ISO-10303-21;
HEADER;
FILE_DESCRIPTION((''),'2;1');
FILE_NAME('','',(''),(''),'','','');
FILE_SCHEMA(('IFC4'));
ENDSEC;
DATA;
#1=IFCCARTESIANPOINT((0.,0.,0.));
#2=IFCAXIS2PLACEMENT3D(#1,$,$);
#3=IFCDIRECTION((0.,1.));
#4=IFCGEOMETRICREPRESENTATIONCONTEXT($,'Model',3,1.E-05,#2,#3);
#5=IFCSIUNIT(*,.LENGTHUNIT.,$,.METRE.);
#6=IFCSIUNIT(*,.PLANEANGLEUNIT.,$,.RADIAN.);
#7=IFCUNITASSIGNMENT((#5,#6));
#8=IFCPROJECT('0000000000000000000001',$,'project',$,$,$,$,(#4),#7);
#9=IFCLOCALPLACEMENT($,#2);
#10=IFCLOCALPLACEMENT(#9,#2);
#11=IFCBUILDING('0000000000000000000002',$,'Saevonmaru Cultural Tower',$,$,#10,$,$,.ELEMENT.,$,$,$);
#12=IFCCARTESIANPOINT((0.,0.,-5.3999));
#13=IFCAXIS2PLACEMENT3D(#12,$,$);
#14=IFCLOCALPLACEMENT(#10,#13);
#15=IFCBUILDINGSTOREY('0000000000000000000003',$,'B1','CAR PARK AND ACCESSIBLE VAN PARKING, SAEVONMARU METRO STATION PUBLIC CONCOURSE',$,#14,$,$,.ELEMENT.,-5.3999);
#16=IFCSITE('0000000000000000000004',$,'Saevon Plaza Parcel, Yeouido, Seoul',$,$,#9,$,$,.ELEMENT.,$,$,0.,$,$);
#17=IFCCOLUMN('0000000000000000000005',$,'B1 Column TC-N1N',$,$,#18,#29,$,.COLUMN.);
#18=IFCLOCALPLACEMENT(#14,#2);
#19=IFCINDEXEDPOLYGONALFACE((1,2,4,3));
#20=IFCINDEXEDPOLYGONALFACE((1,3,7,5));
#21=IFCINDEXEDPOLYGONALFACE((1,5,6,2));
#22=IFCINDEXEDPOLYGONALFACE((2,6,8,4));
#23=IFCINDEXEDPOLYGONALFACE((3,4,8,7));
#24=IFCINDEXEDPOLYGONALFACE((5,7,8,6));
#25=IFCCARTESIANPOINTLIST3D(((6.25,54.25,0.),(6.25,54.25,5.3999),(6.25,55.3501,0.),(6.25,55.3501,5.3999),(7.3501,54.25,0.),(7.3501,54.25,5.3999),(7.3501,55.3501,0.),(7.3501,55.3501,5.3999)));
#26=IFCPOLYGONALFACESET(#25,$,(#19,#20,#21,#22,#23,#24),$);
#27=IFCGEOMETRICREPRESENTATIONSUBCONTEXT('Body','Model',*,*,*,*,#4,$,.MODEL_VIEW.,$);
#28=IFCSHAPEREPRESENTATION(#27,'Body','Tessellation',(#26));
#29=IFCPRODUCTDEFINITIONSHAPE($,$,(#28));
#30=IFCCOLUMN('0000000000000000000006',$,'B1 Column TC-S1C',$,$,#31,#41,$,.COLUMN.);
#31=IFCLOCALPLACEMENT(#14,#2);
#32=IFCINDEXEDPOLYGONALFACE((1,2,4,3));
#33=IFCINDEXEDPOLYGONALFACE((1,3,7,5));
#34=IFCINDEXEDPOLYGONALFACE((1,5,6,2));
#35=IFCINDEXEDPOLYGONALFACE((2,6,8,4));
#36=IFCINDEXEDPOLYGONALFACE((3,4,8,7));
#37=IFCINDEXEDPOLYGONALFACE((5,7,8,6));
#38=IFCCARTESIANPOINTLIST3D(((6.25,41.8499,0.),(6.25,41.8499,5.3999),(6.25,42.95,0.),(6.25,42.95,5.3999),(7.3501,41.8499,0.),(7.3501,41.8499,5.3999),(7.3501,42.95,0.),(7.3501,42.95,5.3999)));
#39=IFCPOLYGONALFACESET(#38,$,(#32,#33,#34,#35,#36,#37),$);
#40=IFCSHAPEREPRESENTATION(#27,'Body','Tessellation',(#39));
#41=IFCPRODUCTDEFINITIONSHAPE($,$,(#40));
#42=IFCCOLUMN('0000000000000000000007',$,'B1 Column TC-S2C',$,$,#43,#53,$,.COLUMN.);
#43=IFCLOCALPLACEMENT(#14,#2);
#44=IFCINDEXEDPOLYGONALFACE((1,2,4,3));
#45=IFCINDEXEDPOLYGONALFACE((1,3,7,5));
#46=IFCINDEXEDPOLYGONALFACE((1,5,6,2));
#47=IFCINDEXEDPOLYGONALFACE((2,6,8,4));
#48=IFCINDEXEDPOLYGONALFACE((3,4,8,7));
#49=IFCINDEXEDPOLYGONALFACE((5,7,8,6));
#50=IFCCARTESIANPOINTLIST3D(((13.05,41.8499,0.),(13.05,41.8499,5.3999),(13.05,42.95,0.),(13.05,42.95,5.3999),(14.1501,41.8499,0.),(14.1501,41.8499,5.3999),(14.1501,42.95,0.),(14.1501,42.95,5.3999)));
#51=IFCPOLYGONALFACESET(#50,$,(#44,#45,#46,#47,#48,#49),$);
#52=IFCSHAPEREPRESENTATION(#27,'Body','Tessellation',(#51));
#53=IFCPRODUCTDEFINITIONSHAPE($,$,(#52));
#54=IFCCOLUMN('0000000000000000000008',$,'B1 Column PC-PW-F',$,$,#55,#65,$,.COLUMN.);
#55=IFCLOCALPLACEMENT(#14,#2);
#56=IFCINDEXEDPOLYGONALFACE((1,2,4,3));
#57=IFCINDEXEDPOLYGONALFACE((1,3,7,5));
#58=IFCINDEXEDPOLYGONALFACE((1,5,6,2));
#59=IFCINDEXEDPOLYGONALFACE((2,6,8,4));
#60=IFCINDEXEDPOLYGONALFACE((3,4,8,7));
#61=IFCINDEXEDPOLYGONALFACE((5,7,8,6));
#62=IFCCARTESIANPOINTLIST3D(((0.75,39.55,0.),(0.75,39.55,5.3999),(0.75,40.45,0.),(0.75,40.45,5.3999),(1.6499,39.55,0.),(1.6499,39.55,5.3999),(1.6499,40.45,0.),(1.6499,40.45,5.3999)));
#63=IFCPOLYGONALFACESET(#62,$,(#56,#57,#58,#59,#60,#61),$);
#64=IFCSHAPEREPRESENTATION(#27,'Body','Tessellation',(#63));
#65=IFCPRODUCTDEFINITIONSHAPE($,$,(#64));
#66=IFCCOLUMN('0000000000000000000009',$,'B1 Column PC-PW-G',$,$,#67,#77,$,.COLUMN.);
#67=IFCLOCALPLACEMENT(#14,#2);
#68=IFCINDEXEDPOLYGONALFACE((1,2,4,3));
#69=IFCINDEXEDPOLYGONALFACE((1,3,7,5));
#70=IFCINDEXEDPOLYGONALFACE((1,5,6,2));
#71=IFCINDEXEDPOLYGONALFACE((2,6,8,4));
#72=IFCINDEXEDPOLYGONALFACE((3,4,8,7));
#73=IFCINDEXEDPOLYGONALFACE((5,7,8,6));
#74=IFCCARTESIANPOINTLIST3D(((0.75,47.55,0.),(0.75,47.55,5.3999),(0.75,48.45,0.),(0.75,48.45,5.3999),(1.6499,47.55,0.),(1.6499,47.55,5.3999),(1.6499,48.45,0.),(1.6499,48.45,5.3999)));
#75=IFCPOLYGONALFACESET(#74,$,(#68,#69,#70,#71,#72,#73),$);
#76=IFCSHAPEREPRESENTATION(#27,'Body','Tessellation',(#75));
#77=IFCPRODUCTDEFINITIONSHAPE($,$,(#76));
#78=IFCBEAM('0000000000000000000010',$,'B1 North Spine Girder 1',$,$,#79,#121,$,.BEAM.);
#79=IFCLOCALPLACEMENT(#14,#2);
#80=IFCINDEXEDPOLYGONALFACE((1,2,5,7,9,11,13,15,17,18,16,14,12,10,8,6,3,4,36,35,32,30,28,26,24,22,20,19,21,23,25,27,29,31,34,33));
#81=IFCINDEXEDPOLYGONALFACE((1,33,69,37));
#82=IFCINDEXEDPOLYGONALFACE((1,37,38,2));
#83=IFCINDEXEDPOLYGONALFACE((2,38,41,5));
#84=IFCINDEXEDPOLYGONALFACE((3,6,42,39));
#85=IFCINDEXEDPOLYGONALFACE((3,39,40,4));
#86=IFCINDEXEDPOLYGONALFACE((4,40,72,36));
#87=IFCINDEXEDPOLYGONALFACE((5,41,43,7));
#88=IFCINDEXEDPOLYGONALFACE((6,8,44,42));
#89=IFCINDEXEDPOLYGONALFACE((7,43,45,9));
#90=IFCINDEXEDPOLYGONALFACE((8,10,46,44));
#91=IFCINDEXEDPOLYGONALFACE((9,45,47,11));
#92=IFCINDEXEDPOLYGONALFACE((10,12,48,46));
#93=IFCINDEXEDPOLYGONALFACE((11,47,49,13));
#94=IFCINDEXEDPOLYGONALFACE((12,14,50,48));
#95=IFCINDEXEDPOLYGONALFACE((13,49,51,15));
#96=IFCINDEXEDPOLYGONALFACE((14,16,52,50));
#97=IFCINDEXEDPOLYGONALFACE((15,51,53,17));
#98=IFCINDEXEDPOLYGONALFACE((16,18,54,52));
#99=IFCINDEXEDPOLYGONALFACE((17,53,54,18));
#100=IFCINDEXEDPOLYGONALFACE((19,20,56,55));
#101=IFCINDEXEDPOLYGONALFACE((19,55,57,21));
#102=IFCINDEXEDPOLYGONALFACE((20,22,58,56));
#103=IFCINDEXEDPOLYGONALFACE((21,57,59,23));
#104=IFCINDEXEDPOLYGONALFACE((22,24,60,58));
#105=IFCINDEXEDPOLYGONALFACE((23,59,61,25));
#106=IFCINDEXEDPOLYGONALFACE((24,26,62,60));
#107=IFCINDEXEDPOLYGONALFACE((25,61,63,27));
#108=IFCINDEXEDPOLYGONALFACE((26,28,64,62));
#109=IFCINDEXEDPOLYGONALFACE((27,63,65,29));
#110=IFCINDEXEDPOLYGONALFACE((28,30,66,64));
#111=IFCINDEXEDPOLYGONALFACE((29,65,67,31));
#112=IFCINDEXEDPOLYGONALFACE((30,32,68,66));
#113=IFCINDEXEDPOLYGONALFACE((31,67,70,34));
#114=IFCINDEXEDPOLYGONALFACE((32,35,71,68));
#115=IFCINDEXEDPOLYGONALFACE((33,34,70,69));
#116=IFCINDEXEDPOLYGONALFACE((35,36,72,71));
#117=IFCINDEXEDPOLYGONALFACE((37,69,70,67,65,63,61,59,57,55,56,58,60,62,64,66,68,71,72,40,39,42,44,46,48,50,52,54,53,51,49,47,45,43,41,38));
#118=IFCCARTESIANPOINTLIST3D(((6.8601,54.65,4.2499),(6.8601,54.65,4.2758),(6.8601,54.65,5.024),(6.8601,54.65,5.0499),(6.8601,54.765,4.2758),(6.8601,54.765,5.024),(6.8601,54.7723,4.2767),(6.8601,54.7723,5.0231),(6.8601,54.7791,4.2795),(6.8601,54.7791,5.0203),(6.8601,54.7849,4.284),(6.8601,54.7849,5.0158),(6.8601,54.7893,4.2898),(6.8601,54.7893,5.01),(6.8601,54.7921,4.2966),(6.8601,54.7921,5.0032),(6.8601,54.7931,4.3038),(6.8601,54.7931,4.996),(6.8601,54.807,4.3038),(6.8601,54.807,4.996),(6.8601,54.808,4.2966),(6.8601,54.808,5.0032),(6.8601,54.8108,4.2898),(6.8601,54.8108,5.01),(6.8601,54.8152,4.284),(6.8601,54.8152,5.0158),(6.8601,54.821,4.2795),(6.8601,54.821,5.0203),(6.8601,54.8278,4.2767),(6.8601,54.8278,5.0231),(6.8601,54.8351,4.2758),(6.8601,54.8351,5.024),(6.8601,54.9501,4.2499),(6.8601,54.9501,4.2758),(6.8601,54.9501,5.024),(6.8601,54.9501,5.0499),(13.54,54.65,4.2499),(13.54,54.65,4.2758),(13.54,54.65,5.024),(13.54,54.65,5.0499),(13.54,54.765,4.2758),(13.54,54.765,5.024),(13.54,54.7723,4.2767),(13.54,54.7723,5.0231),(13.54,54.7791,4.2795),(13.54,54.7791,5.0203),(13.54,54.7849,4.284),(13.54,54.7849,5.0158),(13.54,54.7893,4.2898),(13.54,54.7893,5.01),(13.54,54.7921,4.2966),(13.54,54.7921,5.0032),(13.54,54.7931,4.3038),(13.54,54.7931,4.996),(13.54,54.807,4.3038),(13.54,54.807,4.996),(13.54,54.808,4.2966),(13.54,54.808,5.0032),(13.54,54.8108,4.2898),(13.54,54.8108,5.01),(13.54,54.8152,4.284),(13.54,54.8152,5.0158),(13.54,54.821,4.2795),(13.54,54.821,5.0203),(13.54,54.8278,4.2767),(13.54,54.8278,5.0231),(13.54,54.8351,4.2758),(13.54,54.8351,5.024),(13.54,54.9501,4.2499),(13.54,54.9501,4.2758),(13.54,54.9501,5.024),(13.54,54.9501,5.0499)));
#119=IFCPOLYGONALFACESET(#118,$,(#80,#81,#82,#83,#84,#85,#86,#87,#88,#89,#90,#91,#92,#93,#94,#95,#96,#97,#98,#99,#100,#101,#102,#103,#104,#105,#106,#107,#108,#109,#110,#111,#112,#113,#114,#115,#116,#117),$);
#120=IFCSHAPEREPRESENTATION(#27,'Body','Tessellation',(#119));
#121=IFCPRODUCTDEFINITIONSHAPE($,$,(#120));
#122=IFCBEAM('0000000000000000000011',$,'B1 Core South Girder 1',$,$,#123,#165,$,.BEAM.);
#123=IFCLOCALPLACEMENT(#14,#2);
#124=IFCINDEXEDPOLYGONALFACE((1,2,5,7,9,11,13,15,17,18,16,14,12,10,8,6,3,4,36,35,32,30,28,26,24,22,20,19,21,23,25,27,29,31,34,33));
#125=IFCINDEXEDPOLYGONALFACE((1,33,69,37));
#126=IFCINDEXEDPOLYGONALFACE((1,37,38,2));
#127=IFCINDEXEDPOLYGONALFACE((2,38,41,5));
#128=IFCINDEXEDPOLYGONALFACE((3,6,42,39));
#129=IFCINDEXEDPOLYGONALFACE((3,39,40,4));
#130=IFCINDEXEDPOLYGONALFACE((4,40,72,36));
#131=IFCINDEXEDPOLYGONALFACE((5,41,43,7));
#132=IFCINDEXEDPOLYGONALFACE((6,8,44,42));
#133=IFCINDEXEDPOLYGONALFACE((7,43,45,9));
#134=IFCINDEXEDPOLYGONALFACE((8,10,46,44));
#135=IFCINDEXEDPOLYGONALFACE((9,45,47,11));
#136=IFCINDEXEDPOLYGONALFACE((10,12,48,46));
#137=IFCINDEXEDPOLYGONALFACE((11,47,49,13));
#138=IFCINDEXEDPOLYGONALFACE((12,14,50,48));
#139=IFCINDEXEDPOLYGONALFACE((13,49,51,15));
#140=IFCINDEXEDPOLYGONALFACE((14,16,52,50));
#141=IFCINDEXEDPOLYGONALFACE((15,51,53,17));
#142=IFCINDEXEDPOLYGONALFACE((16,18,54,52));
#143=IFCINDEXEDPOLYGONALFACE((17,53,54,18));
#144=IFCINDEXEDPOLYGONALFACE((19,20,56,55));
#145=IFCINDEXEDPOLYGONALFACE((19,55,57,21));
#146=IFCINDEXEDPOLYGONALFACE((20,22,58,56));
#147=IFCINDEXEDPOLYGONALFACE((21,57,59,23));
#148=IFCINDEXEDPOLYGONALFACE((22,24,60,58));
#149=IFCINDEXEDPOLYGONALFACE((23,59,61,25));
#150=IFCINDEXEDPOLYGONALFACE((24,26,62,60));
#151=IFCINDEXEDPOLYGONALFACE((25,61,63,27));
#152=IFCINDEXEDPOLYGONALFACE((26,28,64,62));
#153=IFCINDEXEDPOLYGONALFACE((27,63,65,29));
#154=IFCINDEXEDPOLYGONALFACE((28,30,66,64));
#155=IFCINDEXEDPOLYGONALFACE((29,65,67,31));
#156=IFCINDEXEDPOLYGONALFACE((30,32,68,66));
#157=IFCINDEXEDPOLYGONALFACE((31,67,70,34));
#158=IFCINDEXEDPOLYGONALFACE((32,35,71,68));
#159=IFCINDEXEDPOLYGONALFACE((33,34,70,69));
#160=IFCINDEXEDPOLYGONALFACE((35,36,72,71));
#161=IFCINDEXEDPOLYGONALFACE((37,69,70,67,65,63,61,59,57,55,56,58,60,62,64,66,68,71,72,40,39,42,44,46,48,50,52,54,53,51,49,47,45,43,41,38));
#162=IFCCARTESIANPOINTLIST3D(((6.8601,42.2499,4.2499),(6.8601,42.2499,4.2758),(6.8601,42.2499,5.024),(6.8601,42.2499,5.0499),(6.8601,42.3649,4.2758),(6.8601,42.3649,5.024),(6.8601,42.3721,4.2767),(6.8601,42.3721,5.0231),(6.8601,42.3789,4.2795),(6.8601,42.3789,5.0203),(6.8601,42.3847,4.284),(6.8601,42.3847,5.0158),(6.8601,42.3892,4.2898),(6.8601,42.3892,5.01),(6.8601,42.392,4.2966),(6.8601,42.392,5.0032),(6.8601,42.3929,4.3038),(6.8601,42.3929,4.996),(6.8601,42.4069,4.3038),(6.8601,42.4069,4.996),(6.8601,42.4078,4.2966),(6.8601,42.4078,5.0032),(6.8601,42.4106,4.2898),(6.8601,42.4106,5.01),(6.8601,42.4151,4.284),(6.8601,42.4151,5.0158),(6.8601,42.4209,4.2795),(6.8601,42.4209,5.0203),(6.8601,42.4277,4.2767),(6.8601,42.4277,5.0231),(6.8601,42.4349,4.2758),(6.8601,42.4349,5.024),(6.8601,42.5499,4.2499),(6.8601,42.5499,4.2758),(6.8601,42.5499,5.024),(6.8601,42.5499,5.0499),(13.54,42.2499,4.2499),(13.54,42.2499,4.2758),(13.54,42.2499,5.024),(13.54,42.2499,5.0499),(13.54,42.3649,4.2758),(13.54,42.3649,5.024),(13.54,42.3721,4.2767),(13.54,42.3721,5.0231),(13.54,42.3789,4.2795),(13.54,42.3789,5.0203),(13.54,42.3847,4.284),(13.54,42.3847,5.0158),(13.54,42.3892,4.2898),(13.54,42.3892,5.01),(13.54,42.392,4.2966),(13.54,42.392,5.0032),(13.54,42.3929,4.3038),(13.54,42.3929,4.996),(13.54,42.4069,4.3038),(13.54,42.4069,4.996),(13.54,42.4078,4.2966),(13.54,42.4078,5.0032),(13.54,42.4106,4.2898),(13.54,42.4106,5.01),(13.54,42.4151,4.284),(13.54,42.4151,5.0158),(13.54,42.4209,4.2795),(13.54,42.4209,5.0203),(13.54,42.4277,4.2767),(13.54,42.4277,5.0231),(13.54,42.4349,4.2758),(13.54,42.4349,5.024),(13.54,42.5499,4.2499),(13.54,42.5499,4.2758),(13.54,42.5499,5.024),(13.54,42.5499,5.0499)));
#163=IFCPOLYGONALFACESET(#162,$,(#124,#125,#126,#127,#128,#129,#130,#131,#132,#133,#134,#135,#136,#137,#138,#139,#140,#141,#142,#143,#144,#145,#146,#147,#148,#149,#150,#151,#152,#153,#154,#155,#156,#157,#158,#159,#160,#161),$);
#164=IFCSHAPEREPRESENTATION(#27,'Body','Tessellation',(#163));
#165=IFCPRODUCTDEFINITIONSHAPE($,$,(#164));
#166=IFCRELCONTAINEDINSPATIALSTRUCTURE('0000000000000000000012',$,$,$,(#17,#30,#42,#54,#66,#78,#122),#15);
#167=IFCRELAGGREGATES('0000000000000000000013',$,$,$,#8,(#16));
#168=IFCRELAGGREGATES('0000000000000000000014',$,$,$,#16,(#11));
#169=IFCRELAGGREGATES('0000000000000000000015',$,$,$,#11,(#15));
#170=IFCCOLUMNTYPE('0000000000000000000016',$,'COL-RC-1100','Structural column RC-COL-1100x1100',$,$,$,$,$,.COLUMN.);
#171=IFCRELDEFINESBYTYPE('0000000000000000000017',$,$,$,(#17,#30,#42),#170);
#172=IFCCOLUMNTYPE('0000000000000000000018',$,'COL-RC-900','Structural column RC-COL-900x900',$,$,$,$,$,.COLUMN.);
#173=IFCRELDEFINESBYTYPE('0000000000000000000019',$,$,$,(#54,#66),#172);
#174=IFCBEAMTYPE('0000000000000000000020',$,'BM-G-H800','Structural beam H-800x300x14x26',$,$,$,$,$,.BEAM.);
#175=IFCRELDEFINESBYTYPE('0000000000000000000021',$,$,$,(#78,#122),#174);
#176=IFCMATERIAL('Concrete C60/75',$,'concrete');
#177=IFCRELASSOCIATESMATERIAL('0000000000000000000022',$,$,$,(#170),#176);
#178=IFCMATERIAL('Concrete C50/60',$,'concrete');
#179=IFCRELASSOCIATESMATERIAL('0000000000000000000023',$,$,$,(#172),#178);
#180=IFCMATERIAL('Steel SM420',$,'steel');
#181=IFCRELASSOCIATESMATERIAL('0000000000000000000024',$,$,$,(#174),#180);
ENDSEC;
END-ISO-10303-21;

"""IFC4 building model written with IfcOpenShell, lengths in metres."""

from ifc_helpers import new_model, si_unit, direction, frame, origin, origin_2d, place, context, subcontext, project, spatial, rectangle, i_section, extrude, material, material_profile, profile_set, type_object, element, save


model = new_model("IFC4")

# Units and contexts
model_context = context("Model", 3, precision=1e-05, world=origin(), true_north=direction((0.0, 1.0)))
body_context = subcontext(model_context, "Body", "Model", "MODEL_VIEW")
ifc_project = project(units=[si_unit("LENGTHUNIT", "METRE"), si_unit("PLANEANGLEUNIT", "RADIAN")], contexts=[model_context])

# Site, building, storey
site_placement = place(None, origin())
site = spatial("IfcSite", under=ifc_project, at=site_placement, Name="Saevon Plaza Parcel, Yeouido, Seoul", CompositionType="ELEMENT", RefElevation=0.0)
building_placement = place(site_placement, origin())
building = spatial("IfcBuilding", under=site, at=building_placement, Name="Saevonmaru Cultural Tower", CompositionType="ELEMENT")
storey_placement = place(building_placement, frame((0.0, 0.0, -5.3999)))
storey = spatial("IfcBuildingStorey", under=building, at=storey_placement, Name="B1", Description="CAR PARK AND ACCESSIBLE VAN PARKING, SAEVONMARU METRO STATION PUBLIC CONCOURSE", CompositionType="ELEMENT", Elevation=-5.3999)

# Columns
ifc_material_1 = material(Name="Concrete C60/75", Category="concrete")
ifc_material_profile_1 = material_profile(ifc_material_1, rectangle(XDim=1.1001, YDim=1.1001, at=origin_2d()), Name="RC-COL-1100x1100")
ifc_profile_set_1 = profile_set([ifc_material_profile_1], Name="Concrete C60/75")
column_type_1 = type_object("IfcColumnType", Name="COL-RC-1100", Description="Structural column RC-COL-1100x1100", PredefinedType="COLUMN", material=ifc_profile_set_1)
for number, where, z_axis, x_axis, name in (
    (1, (6.8, 54.8, 0.0), (0.0, 0.0, 1.0), (1.0, 0.0, 0.0), "B1 Column TC-N1N"),
    (2, (6.8, 42.3999, 0.0), (0.0, 0.0, 1.0), (1.0, 0.0, 0.0), "B1 Column TC-S1C"),
    (3, (13.6001, 42.3999, 0.0), (0.0, 0.0, 1.0), (1.0, 0.0, 0.0), "B1 Column TC-S2C"),
):
    element("IfcColumn", number, at=place(storey_placement, frame(where, z_axis=z_axis, x_axis=x_axis)), inside=storey, type_object=column_type_1, Name=name, PredefinedType="COLUMN", context=body_context, shape_type="SweptSolid", body=[
        extrude(rectangle(XDim=1.1001, YDim=1.1001, at=origin_2d()), origin(), (0.0, 0.0, 1.0), 5.3999),
    ])
ifc_material_2 = material(Name="Concrete C50/60", Category="concrete")
ifc_material_profile_2 = material_profile(ifc_material_2, rectangle(XDim=0.8999, YDim=0.8999, at=origin_2d()), Name="RC-COL-900x900")
ifc_profile_set_2 = profile_set([ifc_material_profile_2], Name="Concrete C50/60")
column_type_2 = type_object("IfcColumnType", Name="COL-RC-900", Description="Structural column RC-COL-900x900", PredefinedType="COLUMN", material=ifc_profile_set_2)
for number, where, z_axis, x_axis, name in (
    (4, (1.2, 40.0, 0.0), (0.0, 0.0, 1.0), (1.0, 0.0, 0.0), "B1 Column PC-PW-F"),
    (5, (1.2, 48.0, 0.0), (0.0, 0.0, 1.0), (1.0, 0.0, 0.0), "B1 Column PC-PW-G"),
):
    element("IfcColumn", number, at=place(storey_placement, frame(where, z_axis=z_axis, x_axis=x_axis)), inside=storey, type_object=column_type_2, Name=name, PredefinedType="COLUMN", context=body_context, shape_type="SweptSolid", body=[
        extrude(rectangle(XDim=0.8999, YDim=0.8999, at=origin_2d()), origin(), (0.0, 0.0, 1.0), 5.3999),
    ])

# Beams
ifc_material_3 = material(Name="Steel SM420", Category="steel")
ifc_material_profile_3 = material_profile(ifc_material_3, i_section(OverallWidth=0.3, OverallDepth=0.8, WebThickness=0.0139, FlangeThickness=0.0259, FilletRadius=0.0281, at=origin_2d()), Name="H-800x300x14x26")
ifc_profile_set_3 = profile_set([ifc_material_profile_3], Name="Steel SM420")
beam_type_1 = type_object("IfcBeamType", Name="BM-G-H800", Description="Structural beam H-800x300x14x26", PredefinedType="BEAM", material=ifc_profile_set_3)
for number, where, z_axis, x_axis, name in (
    (6, (6.8601, 54.8, 4.6499), (1.0, 0.0, 0.0), (0.0, 1.0, 0.0), "B1 North Spine Girder 1"),
    (7, (6.8601, 42.3999, 4.6499), (1.0, 0.0, 0.0), (0.0, 1.0, 0.0), "B1 Core South Girder 1"),
):
    element("IfcBeam", number, at=place(storey_placement, frame(where, z_axis=z_axis, x_axis=x_axis)), inside=storey, type_object=beam_type_1, Name=name, PredefinedType="BEAM", context=body_context, shape_type="SweptSolid", body=[
        extrude(i_section(OverallWidth=0.3, OverallDepth=0.8, WebThickness=0.0139, FlangeThickness=0.0259, FilletRadius=0.0281, at=origin_2d()), origin(), (0.0, 0.0, 1.0), 6.6799),
    ])

save(model, "model.ifc")
